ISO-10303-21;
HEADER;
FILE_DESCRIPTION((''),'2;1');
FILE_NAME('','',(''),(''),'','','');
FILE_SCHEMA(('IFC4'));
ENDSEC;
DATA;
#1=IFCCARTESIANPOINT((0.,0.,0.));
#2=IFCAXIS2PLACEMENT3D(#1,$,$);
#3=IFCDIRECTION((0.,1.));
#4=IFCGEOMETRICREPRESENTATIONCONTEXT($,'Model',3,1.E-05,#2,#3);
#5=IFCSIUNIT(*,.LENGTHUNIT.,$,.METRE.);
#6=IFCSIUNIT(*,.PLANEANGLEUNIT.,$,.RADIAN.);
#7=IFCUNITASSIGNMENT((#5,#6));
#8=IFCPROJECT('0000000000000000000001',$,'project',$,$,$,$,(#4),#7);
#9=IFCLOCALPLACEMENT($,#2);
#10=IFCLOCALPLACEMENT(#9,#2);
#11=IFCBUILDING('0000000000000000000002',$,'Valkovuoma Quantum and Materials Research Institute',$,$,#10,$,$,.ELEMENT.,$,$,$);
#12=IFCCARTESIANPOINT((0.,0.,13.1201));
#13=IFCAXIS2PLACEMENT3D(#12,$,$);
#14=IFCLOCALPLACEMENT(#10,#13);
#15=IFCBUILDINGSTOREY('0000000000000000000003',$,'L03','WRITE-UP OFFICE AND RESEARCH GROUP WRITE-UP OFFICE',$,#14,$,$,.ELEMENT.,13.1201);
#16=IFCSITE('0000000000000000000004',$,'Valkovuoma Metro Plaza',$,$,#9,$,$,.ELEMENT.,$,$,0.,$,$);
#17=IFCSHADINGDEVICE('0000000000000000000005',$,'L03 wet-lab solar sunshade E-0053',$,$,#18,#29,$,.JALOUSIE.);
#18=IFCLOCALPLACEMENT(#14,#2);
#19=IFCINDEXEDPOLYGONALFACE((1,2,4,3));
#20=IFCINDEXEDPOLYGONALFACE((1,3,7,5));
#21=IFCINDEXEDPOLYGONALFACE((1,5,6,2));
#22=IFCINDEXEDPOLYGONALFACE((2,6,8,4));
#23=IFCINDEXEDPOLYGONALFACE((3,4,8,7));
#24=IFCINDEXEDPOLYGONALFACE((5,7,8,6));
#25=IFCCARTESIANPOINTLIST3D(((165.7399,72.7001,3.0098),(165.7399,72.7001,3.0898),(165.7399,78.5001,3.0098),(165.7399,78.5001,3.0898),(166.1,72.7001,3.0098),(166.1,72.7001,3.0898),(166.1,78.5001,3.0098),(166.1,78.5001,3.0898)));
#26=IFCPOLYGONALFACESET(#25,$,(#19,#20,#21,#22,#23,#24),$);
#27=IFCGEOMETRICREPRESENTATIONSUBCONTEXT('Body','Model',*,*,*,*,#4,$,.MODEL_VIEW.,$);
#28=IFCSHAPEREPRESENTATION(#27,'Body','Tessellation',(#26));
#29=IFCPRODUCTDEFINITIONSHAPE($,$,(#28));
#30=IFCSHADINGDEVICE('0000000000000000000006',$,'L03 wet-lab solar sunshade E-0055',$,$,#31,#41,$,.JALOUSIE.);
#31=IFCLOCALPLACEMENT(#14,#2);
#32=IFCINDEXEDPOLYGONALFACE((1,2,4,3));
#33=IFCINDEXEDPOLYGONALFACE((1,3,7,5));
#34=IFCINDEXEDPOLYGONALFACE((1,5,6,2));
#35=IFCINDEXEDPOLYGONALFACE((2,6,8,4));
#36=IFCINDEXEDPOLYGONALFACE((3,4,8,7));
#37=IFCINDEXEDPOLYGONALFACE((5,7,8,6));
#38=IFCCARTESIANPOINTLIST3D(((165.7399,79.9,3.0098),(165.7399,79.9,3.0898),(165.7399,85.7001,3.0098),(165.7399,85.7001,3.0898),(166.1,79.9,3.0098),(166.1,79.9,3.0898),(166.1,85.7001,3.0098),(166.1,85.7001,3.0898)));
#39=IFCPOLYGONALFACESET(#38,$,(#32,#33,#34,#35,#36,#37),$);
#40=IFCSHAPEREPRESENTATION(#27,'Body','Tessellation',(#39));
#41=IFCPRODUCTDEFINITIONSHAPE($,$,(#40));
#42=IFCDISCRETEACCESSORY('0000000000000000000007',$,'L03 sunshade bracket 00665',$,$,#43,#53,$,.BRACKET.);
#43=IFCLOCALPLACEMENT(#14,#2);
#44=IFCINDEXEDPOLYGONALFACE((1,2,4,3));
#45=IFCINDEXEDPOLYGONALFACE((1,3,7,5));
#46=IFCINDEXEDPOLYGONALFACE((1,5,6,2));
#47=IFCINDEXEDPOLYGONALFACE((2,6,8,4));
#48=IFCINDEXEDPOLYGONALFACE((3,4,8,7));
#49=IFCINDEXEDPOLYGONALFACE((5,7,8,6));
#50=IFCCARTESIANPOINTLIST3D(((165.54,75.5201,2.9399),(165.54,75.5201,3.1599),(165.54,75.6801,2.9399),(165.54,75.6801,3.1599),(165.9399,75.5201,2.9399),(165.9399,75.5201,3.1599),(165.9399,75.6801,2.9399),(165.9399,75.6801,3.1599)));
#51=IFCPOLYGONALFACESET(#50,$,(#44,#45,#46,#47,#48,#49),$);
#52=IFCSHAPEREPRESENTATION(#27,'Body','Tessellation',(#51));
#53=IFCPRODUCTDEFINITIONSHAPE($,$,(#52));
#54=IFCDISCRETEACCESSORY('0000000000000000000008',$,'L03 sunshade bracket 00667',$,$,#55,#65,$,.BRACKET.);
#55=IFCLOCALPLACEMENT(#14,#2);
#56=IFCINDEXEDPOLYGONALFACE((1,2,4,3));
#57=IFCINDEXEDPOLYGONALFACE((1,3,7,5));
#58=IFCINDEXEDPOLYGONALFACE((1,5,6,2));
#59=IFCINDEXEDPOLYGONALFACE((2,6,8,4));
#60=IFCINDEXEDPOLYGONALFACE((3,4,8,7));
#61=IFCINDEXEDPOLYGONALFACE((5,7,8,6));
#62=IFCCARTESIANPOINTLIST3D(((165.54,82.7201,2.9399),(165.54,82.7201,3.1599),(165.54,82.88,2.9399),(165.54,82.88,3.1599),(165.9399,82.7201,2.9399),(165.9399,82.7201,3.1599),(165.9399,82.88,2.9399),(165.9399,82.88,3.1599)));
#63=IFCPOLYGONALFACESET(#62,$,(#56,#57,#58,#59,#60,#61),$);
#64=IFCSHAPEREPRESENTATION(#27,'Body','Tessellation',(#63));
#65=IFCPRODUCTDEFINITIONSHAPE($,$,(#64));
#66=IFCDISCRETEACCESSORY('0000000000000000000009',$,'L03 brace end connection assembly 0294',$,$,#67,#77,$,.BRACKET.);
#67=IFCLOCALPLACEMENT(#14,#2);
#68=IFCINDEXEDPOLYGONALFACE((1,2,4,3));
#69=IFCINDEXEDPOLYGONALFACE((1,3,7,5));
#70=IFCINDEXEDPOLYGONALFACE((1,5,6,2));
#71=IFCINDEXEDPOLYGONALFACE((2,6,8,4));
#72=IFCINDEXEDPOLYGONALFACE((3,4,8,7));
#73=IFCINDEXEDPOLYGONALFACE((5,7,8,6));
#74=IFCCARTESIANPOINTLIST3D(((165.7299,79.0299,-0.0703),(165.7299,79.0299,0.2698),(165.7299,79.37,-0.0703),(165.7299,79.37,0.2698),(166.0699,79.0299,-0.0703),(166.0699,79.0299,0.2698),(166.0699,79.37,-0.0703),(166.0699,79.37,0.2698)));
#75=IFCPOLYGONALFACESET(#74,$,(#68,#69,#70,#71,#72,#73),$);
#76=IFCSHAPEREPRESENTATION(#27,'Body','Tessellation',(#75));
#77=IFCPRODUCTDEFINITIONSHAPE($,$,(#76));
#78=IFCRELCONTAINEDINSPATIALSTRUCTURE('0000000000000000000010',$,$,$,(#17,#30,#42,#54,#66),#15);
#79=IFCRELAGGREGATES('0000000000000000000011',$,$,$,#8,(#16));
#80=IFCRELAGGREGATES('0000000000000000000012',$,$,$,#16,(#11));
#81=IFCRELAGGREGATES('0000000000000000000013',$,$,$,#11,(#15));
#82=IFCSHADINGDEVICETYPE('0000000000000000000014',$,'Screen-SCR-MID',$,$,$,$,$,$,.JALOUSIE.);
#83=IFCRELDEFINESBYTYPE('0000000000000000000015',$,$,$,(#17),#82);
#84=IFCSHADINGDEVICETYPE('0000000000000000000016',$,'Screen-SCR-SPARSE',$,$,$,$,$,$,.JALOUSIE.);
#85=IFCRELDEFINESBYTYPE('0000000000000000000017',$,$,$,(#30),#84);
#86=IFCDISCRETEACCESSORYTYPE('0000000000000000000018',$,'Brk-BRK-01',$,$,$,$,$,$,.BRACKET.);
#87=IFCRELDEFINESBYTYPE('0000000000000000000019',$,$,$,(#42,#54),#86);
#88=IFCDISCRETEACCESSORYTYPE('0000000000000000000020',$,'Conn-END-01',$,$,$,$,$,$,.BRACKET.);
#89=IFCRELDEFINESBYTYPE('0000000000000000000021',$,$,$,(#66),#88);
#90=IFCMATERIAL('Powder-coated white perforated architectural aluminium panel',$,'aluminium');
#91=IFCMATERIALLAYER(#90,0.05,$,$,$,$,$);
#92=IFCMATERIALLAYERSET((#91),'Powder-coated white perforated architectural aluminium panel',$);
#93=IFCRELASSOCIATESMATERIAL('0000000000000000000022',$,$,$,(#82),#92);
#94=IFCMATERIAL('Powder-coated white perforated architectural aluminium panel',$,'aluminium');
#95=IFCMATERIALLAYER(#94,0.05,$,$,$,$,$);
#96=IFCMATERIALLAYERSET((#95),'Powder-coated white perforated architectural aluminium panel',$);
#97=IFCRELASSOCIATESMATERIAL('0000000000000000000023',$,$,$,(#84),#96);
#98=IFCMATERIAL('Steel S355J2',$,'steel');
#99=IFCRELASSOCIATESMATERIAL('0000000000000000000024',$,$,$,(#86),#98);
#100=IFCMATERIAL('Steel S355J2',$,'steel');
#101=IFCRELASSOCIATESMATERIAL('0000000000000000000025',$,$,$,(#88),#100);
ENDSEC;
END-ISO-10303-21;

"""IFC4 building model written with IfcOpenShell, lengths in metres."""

from ifc_helpers import new_model, si_unit, direction, frame, origin, origin_2d, place, context, subcontext, project, spatial, rectangle, extrude, material, layer, layer_set, type_object, element, save


model = new_model("IFC4")

# Units and contexts
model_context = context("Model", 3, precision=1e-05, world=origin(), true_north=direction((0.0, 1.0)))
body_context = subcontext(model_context, "Body", "Model", "MODEL_VIEW")
ifc_project = project(units=[si_unit("LENGTHUNIT", "METRE"), si_unit("PLANEANGLEUNIT", "RADIAN")], contexts=[model_context])

# Site, building, storey
site_placement = place(None, origin())
site = spatial("IfcSite", under=ifc_project, at=site_placement, Name="Valkovuoma Metro Plaza", CompositionType="ELEMENT", RefElevation=0.0)
building_placement = place(site_placement, origin())
building = spatial("IfcBuilding", under=site, at=building_placement, Name="Valkovuoma Quantum and Materials Research Institute", CompositionType="ELEMENT")
storey_placement = place(building_placement, frame((0.0, 0.0, 13.1201)))
storey = spatial("IfcBuildingStorey", under=building, at=storey_placement, Name="L03", Description="WRITE-UP OFFICE AND RESEARCH GROUP WRITE-UP OFFICE", CompositionType="ELEMENT", Elevation=13.1201)

# Shading devices
ifc_material_1 = material(Name="Powder-coated white perforated architectural aluminium panel", Category="aluminium")
ifc_layer_1 = layer(ifc_material_1, 0.05)
ifc_layer_set_1 = layer_set([ifc_layer_1], Name="Powder-coated white perforated architectural aluminium panel")
shading_device_type_1 = type_object("IfcShadingDeviceType", Name="Screen-SCR-MID", PredefinedType="JALOUSIE", material=ifc_layer_set_1)
shading_device_1_placement = place(storey_placement, frame((165.9199, 75.6001, 3.0098), z_axis=(0.0, 0.0, 1.0), x_axis=(1.0, 0.0, 0.0)))
element("IfcShadingDevice", 1, at=shading_device_1_placement, inside=storey, type_object=shading_device_type_1, Name="L03 wet-lab solar sunshade E-0053", PredefinedType="JALOUSIE", context=body_context, shape_type="SweptSolid", body=[
    extrude(rectangle(XDim=0.3601, YDim=5.8, at=origin_2d()), origin(), (0.0, 0.0, 1.0), 0.0801),
])
ifc_material_2 = material(Name="Powder-coated white perforated architectural aluminium panel", Category="aluminium")
ifc_layer_2 = layer(ifc_material_2, 0.05)
ifc_layer_set_2 = layer_set([ifc_layer_2], Name="Powder-coated white perforated architectural aluminium panel")
shading_device_type_2 = type_object("IfcShadingDeviceType", Name="Screen-SCR-SPARSE", PredefinedType="JALOUSIE", material=ifc_layer_set_2)
shading_device_2_placement = place(storey_placement, frame((165.9199, 82.8, 3.0098), z_axis=(0.0, 0.0, 1.0), x_axis=(1.0, 0.0, 0.0)))
element("IfcShadingDevice", 2, at=shading_device_2_placement, inside=storey, type_object=shading_device_type_2, Name="L03 wet-lab solar sunshade E-0055", PredefinedType="JALOUSIE", context=body_context, shape_type="SweptSolid", body=[
    extrude(rectangle(XDim=0.3601, YDim=5.8, at=origin_2d()), origin(), (0.0, 0.0, 1.0), 0.0801),
])

# Discrete accessories
ifc_material_3 = material(Name="Steel S355J2", Category="steel")
discrete_accessory_type_1 = type_object("IfcDiscreteAccessoryType", Name="Brk-BRK-01", PredefinedType="BRACKET", material=ifc_material_3)
for number, where, z_axis, x_axis, name in (
    (3, (165.74, 75.6001, 2.9399), (0.0, 0.0, 1.0), (1.0, 0.0, 0.0), "L03 sunshade bracket 00665"),
    (4, (165.74, 82.8, 2.9399), (0.0, 0.0, 1.0), (1.0, 0.0, 0.0), "L03 sunshade bracket 00667"),
):
    element("IfcDiscreteAccessory", number, at=place(storey_placement, frame(where, z_axis=z_axis, x_axis=x_axis)), inside=storey, type_object=discrete_accessory_type_1, Name=name, PredefinedType="BRACKET", context=body_context, shape_type="SweptSolid", body=[
        extrude(rectangle(XDim=0.3999, YDim=0.1599, at=origin_2d()), origin(), (0.0, 0.0, 1.0), 0.22),
    ])
ifc_material_4 = material(Name="Steel S355J2", Category="steel")
discrete_accessory_type_2 = type_object("IfcDiscreteAccessoryType", Name="Conn-END-01", PredefinedType="BRACKET", material=ifc_material_4)
discrete_accessory_placement = place(storey_placement, frame((165.8999, 79.2, -0.0703), z_axis=(0.0, 0.0, 1.0), x_axis=(1.0, 0.0, 0.0)))
element("IfcDiscreteAccessory", 5, at=discrete_accessory_placement, inside=storey, type_object=discrete_accessory_type_2, Name="L03 brace end connection assembly 0294", PredefinedType="BRACKET", context=body_context, shape_type="SweptSolid", body=[
    extrude(rectangle(XDim=0.3401, YDim=0.3401, at=origin_2d()), origin(), (0.0, 0.0, 1.0), 0.3401),
])

save(model, "model.ifc")
